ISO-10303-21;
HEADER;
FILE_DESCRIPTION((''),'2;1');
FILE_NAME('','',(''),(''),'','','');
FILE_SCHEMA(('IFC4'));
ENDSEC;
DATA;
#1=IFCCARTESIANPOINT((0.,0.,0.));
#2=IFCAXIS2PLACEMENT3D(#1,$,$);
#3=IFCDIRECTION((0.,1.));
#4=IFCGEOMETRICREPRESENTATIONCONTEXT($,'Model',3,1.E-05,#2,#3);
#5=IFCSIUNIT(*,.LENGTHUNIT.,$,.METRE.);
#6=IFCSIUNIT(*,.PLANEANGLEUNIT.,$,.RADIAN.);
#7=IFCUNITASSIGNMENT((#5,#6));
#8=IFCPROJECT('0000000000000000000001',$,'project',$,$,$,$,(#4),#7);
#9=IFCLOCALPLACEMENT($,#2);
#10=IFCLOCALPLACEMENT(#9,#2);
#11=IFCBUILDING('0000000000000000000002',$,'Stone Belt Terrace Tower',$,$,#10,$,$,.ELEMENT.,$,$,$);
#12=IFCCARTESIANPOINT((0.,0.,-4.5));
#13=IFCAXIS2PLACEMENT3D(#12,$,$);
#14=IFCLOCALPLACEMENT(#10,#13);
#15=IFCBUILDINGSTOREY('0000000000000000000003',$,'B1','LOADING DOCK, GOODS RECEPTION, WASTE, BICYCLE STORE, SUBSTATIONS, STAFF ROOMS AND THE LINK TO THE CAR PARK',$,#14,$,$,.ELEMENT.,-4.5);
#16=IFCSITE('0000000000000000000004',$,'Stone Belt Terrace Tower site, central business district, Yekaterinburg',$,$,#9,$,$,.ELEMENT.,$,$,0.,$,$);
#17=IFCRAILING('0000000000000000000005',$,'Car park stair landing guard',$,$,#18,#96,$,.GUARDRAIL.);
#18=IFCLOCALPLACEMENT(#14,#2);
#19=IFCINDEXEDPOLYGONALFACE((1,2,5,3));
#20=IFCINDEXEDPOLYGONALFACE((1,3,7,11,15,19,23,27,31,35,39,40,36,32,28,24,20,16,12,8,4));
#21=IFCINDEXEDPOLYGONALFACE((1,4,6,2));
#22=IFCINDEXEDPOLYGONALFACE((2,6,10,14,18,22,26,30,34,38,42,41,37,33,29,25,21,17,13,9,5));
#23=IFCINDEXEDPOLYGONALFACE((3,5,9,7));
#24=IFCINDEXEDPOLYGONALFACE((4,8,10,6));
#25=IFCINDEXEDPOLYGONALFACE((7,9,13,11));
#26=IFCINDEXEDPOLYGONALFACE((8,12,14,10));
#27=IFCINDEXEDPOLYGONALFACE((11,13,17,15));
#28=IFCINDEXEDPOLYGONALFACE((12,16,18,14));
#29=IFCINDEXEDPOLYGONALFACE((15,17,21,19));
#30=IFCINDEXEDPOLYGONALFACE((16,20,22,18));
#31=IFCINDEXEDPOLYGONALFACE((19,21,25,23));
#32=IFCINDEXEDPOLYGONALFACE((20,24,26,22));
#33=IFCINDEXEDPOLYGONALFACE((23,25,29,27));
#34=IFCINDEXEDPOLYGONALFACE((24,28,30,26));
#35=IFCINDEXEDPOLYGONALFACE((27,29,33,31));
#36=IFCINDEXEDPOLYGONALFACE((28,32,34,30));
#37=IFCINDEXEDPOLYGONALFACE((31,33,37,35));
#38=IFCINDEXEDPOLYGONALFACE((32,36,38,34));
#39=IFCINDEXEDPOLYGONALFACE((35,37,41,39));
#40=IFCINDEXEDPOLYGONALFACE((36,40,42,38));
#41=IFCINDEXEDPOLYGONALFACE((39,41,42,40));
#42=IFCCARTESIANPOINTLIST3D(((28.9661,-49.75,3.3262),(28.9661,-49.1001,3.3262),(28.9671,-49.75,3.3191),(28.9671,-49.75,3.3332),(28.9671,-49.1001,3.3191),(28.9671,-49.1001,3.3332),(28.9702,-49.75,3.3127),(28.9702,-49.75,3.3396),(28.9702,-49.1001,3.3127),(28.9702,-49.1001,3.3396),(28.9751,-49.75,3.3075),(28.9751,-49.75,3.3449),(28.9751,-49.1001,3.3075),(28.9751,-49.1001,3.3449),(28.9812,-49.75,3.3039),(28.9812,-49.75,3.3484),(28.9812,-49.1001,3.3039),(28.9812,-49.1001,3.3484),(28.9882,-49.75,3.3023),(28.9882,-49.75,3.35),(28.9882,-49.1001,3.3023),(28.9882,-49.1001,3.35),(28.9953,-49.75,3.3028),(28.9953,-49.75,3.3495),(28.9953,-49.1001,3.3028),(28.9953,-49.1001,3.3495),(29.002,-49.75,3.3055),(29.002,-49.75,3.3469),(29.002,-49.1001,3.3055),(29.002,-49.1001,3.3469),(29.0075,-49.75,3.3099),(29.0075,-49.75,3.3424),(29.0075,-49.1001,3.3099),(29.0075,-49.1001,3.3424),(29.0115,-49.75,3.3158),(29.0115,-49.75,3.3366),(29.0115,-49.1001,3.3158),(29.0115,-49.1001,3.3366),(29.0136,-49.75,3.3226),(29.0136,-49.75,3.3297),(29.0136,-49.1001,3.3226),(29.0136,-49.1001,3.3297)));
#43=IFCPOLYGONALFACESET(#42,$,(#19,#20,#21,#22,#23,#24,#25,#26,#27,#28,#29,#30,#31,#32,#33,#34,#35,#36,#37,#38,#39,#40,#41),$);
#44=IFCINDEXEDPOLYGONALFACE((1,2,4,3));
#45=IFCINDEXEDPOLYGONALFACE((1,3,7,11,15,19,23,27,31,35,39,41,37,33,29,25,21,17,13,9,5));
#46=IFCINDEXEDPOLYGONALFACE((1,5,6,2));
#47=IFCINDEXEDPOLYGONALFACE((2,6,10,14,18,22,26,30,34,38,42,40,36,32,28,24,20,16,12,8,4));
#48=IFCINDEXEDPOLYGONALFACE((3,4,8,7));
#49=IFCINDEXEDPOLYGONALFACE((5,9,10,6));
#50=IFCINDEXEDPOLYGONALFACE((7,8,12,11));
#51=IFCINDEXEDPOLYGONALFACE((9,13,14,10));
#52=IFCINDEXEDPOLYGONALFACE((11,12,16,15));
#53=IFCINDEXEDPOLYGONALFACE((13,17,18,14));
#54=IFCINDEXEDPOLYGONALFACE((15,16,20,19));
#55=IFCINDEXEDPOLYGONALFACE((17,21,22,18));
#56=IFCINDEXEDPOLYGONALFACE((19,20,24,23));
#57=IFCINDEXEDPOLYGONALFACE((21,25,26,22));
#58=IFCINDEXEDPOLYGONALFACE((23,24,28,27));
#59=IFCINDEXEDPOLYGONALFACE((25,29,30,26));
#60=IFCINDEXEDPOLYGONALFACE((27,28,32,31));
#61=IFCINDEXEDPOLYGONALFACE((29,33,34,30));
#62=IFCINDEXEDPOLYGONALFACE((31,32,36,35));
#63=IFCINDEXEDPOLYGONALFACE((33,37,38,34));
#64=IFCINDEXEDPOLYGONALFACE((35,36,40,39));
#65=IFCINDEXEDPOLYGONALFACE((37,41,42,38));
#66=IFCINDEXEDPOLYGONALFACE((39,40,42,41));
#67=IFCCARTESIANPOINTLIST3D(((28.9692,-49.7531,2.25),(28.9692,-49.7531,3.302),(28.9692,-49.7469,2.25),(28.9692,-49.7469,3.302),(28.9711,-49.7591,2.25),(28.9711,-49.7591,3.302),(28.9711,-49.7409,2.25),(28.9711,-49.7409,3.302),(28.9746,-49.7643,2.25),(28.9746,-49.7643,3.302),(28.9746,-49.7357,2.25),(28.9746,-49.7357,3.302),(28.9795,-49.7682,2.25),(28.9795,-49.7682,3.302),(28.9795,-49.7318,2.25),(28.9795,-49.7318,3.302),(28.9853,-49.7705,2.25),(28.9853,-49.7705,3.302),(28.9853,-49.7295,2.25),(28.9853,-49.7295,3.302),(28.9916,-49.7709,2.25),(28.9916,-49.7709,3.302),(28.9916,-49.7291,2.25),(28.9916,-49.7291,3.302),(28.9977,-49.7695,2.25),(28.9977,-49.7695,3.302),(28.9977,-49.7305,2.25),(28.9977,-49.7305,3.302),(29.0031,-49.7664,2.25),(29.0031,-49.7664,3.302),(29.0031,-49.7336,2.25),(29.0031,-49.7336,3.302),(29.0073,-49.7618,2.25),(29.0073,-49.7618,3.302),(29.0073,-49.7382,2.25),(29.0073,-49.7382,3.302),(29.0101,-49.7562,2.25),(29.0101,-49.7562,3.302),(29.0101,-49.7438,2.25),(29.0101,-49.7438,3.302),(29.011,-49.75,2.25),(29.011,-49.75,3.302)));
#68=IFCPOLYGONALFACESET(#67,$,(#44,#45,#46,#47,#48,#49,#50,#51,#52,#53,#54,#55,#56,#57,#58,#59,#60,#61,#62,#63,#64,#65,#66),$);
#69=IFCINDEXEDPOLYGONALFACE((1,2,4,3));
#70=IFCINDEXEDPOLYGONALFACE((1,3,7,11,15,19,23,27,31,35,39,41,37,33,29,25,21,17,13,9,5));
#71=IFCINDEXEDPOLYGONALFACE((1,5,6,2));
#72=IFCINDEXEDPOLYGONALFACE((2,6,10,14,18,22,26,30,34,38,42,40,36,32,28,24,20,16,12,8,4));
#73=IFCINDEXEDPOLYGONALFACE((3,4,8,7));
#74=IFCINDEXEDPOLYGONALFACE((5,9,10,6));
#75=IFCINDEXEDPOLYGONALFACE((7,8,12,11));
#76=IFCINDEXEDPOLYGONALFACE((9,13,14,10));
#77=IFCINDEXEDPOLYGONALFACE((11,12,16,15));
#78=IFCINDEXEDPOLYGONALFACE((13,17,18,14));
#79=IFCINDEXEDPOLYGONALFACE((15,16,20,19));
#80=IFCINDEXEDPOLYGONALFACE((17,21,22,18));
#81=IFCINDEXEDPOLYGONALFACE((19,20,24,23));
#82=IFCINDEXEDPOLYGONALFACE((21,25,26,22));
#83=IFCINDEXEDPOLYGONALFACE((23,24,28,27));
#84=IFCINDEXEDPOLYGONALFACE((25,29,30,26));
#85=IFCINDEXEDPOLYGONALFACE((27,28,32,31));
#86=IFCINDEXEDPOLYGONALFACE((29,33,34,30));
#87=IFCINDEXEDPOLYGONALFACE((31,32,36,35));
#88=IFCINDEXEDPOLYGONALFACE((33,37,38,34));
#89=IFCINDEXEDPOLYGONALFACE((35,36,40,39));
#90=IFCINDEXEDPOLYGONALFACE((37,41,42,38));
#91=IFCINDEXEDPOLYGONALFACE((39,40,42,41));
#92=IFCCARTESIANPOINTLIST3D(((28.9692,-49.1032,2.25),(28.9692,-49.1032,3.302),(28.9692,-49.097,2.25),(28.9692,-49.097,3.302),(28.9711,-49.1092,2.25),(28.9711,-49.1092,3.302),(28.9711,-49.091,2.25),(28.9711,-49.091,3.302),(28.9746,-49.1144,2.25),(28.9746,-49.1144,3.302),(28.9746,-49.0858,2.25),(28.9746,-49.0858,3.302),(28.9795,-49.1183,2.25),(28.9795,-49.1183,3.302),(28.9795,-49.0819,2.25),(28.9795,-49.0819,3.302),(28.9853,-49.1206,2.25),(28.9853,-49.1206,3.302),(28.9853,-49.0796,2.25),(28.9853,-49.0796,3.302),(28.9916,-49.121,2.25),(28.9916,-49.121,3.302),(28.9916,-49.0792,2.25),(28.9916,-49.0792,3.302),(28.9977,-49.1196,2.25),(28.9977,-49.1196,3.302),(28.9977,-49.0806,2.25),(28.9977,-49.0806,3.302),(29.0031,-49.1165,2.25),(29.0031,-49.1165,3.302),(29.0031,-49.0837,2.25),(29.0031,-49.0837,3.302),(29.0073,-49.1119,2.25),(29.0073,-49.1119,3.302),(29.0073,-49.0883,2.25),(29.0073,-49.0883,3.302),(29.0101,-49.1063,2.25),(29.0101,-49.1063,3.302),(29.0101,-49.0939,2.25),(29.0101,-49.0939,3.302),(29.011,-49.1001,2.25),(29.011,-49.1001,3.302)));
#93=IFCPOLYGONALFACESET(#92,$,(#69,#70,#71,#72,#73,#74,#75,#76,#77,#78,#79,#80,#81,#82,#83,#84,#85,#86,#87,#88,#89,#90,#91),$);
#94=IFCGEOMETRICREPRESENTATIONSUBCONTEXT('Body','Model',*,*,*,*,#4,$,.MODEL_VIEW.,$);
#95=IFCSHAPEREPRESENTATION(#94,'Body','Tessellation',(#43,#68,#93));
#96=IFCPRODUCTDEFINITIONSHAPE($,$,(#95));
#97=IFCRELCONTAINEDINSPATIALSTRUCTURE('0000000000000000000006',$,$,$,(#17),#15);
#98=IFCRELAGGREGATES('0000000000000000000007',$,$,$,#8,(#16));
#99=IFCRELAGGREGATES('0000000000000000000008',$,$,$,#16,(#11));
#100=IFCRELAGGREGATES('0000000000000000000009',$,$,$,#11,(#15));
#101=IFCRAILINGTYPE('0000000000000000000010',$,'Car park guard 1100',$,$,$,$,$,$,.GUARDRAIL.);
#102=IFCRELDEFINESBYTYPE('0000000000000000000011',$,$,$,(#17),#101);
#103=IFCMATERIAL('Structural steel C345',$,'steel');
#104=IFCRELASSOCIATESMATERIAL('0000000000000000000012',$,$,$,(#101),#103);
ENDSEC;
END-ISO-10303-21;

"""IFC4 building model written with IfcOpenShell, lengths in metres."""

from ifc_helpers import new_model, si_unit, direction, frame, origin, origin_2d, place, context, subcontext, project, spatial, circle, extrude, material, type_object, element, save


model = new_model("IFC4")

# Units and contexts
model_context = context("Model", 3, precision=1e-05, world=origin(), true_north=direction((0.0, 1.0)))
body_context = subcontext(model_context, "Body", "Model", "MODEL_VIEW")
ifc_project = project(units=[si_unit("LENGTHUNIT", "METRE"), si_unit("PLANEANGLEUNIT", "RADIAN")], contexts=[model_context])

# Site, building, storey
site_placement = place(None, origin())
site = spatial("IfcSite", under=ifc_project, at=site_placement, Name="Stone Belt Terrace Tower site, central business district, Yekaterinburg", CompositionType="ELEMENT", RefElevation=0.0)
building_placement = place(site_placement, origin())
building = spatial("IfcBuilding", under=site, at=building_placement, Name="Stone Belt Terrace Tower", CompositionType="ELEMENT")
storey_placement = place(building_placement, frame((0.0, 0.0, -4.5)))
storey = spatial("IfcBuildingStorey", under=building, at=storey_placement, Name="B1", Description="LOADING DOCK, GOODS RECEPTION, WASTE, BICYCLE STORE, SUBSTATIONS, STAFF ROOMS AND THE LINK TO THE CAR PARK", CompositionType="ELEMENT", Elevation=-4.5)

# Railing
ifc_material_1 = material(Name="Structural steel C345", Category="steel")
railing_type_1 = type_object("IfcRailingType", Name="Car park guard 1100", PredefinedType="GUARDRAIL", material=ifc_material_1)
railing_1_placement = place(storey_placement, frame((28.99, -49.75, 2.25)))
element("IfcRailing", 1, at=railing_1_placement, inside=storey, type_object=railing_type_1, Name="Car park stair landing guard", PredefinedType="GUARDRAIL", context=body_context, shape_type="SweptSolid", body=[
    extrude(circle(Radius=0.0239, at=origin_2d()), frame((0.0, 0.0, 1.0762), z_axis=(0.0, 1.0, 0.0), x_axis=(-1.0, 0.0, 0.0)), (0.0, 0.0, 1.0), 0.6499),
    extrude(circle(Radius=0.021, at=origin_2d()), origin(), (0.0, 0.0, 1.0), 1.052),
    extrude(circle(Radius=0.021, at=origin_2d()), frame((0.0, 0.6499, 0.0)), (0.0, 0.0, 1.0), 1.052),
])

save(model, "model.ifc")
